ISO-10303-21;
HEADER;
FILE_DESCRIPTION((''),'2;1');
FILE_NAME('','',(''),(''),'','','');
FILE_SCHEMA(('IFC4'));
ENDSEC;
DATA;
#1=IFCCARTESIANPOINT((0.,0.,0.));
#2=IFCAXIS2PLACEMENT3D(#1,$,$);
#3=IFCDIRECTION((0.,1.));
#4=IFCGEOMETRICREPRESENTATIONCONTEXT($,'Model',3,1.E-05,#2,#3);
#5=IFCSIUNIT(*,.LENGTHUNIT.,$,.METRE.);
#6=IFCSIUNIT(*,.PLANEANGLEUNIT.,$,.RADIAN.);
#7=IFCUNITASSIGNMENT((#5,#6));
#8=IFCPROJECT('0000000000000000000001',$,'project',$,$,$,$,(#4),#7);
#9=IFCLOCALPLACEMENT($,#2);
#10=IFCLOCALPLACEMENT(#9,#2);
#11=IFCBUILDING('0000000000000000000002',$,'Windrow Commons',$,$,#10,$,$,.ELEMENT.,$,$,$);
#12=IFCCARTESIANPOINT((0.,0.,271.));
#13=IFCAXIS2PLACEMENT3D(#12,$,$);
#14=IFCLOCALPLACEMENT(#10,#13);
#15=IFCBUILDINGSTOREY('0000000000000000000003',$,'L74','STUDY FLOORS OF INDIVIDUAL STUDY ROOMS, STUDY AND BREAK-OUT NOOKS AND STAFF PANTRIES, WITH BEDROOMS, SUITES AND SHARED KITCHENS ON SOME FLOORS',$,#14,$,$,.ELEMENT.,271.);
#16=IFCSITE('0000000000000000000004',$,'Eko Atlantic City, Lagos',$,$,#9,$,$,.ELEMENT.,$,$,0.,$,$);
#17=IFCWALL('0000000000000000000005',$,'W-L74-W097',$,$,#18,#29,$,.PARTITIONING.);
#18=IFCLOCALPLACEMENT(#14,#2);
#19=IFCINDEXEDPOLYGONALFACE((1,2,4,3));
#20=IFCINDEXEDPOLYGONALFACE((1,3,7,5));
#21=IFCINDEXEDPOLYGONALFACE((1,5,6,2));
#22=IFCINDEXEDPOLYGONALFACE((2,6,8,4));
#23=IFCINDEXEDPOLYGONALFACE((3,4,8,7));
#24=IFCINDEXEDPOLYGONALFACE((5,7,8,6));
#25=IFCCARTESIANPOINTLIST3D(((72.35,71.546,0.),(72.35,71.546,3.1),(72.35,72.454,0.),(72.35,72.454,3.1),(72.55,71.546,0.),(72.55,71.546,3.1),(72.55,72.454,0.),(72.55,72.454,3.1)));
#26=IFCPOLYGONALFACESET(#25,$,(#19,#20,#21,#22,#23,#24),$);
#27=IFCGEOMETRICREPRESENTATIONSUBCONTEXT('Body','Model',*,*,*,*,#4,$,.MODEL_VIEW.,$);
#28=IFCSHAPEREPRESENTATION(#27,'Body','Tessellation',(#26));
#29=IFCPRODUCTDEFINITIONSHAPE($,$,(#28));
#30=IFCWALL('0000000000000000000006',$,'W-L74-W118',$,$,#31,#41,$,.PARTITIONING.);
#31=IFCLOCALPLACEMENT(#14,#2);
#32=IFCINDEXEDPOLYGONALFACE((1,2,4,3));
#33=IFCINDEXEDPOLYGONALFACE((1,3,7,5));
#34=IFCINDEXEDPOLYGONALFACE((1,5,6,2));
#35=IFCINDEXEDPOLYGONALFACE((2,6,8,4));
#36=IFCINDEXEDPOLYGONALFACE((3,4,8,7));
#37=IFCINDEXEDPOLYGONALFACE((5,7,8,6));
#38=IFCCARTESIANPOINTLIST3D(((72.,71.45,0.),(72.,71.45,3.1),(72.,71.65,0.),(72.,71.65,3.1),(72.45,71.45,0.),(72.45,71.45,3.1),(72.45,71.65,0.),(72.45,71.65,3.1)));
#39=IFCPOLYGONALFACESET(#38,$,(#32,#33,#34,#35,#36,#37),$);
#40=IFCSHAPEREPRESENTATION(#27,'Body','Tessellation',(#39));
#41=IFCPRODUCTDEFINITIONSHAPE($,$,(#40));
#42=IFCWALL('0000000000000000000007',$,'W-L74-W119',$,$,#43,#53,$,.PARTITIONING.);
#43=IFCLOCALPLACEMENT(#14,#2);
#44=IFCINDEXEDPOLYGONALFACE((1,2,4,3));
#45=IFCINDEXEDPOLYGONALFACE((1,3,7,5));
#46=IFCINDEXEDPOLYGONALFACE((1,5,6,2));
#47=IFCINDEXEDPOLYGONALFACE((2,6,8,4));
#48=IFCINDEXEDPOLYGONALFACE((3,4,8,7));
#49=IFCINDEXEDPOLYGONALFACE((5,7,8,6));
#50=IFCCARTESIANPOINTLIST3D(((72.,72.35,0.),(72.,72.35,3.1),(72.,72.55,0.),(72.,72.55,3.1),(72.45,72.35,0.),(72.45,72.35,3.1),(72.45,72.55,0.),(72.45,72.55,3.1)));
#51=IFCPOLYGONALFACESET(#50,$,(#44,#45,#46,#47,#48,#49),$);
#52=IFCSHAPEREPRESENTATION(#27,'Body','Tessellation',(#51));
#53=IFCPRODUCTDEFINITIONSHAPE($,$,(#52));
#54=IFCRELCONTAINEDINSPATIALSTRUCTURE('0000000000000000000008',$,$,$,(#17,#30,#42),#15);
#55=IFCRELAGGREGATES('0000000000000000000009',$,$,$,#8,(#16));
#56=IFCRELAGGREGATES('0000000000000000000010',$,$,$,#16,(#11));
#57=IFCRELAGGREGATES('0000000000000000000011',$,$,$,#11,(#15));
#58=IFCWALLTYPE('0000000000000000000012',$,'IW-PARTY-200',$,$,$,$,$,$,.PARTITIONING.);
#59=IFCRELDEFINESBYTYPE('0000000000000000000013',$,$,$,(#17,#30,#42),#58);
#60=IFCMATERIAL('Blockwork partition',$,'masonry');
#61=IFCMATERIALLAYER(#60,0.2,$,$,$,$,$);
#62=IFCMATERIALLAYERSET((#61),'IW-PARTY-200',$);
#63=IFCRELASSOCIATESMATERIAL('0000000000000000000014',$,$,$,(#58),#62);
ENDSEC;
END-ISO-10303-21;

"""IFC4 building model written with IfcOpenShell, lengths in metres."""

from ifc_helpers import new_model, si_unit, direction, frame, frame_2d, origin, place, context, subcontext, project, spatial, rectangle, extrude, material, layer, layer_set, type_object, element, save


model = new_model("IFC4")

# Units and contexts
model_context = context("Model", 3, precision=1e-05, world=origin(), true_north=direction((0.0, 1.0)))
body_context = subcontext(model_context, "Body", "Model", "MODEL_VIEW")
ifc_project = project(units=[si_unit("LENGTHUNIT", "METRE"), si_unit("PLANEANGLEUNIT", "RADIAN")], contexts=[model_context])

# Site, building, storey
site_placement = place(None, origin())
site = spatial("IfcSite", under=ifc_project, at=site_placement, Name="Eko Atlantic City, Lagos", CompositionType="ELEMENT", RefElevation=0.0)
building_placement = place(site_placement, origin())
building = spatial("IfcBuilding", under=site, at=building_placement, Name="Windrow Commons", CompositionType="ELEMENT")
storey_placement = place(building_placement, frame((0.0, 0.0, 271.0)))
storey = spatial("IfcBuildingStorey", under=building, at=storey_placement, Name="L74", Description="STUDY FLOORS OF INDIVIDUAL STUDY ROOMS, STUDY AND BREAK-OUT NOOKS AND STAFF PANTRIES, WITH BEDROOMS, SUITES AND SHARED KITCHENS ON SOME FLOORS", CompositionType="ELEMENT", Elevation=271.0)

# Walls
ifc_material_1 = material(Name="Blockwork partition", Category="masonry")
ifc_layer_1 = layer(ifc_material_1, 0.2)
ifc_layer_set_1 = layer_set([ifc_layer_1], Name="IW-PARTY-200")
wall_type_1 = type_object("IfcWallType", Name="IW-PARTY-200", PredefinedType="PARTITIONING", material=ifc_layer_set_1)
wall_1_placement = place(storey_placement, frame((72.45, 71.546, 0.0), z_axis=(0.0, 0.0, 1.0), x_axis=(0.0, 1.0, 0.0)))
element("IfcWall", 1, at=wall_1_placement, inside=storey, type_object=wall_type_1, Name="W-L74-W097", PredefinedType="PARTITIONING", context=body_context, shape_type="SweptSolid", body=[
    extrude(rectangle(XDim=0.908, YDim=0.2, at=frame_2d((0.454, 0.0))), origin(), (0.0, 0.0, 1.0), 3.1),
])
for number, where, z_axis, x_axis, name in (
    (2, (72.0, 71.55, 0.0), (0.0, 0.0, 1.0), (1.0, 0.0, 0.0), "W-L74-W118"),
    (3, (72.0, 72.45, 0.0), (0.0, 0.0, 1.0), (1.0, 0.0, 0.0), "W-L74-W119"),
):
    element("IfcWall", number, at=place(storey_placement, frame(where, z_axis=z_axis, x_axis=x_axis)), inside=storey, type_object=wall_type_1, Name=name, PredefinedType="PARTITIONING", context=body_context, shape_type="SweptSolid", body=[
        extrude(rectangle(XDim=0.45, YDim=0.2, at=frame_2d((0.225, 0.0))), origin(), (0.0, 0.0, 1.0), 3.1),
    ])

save(model, "model.ifc")
